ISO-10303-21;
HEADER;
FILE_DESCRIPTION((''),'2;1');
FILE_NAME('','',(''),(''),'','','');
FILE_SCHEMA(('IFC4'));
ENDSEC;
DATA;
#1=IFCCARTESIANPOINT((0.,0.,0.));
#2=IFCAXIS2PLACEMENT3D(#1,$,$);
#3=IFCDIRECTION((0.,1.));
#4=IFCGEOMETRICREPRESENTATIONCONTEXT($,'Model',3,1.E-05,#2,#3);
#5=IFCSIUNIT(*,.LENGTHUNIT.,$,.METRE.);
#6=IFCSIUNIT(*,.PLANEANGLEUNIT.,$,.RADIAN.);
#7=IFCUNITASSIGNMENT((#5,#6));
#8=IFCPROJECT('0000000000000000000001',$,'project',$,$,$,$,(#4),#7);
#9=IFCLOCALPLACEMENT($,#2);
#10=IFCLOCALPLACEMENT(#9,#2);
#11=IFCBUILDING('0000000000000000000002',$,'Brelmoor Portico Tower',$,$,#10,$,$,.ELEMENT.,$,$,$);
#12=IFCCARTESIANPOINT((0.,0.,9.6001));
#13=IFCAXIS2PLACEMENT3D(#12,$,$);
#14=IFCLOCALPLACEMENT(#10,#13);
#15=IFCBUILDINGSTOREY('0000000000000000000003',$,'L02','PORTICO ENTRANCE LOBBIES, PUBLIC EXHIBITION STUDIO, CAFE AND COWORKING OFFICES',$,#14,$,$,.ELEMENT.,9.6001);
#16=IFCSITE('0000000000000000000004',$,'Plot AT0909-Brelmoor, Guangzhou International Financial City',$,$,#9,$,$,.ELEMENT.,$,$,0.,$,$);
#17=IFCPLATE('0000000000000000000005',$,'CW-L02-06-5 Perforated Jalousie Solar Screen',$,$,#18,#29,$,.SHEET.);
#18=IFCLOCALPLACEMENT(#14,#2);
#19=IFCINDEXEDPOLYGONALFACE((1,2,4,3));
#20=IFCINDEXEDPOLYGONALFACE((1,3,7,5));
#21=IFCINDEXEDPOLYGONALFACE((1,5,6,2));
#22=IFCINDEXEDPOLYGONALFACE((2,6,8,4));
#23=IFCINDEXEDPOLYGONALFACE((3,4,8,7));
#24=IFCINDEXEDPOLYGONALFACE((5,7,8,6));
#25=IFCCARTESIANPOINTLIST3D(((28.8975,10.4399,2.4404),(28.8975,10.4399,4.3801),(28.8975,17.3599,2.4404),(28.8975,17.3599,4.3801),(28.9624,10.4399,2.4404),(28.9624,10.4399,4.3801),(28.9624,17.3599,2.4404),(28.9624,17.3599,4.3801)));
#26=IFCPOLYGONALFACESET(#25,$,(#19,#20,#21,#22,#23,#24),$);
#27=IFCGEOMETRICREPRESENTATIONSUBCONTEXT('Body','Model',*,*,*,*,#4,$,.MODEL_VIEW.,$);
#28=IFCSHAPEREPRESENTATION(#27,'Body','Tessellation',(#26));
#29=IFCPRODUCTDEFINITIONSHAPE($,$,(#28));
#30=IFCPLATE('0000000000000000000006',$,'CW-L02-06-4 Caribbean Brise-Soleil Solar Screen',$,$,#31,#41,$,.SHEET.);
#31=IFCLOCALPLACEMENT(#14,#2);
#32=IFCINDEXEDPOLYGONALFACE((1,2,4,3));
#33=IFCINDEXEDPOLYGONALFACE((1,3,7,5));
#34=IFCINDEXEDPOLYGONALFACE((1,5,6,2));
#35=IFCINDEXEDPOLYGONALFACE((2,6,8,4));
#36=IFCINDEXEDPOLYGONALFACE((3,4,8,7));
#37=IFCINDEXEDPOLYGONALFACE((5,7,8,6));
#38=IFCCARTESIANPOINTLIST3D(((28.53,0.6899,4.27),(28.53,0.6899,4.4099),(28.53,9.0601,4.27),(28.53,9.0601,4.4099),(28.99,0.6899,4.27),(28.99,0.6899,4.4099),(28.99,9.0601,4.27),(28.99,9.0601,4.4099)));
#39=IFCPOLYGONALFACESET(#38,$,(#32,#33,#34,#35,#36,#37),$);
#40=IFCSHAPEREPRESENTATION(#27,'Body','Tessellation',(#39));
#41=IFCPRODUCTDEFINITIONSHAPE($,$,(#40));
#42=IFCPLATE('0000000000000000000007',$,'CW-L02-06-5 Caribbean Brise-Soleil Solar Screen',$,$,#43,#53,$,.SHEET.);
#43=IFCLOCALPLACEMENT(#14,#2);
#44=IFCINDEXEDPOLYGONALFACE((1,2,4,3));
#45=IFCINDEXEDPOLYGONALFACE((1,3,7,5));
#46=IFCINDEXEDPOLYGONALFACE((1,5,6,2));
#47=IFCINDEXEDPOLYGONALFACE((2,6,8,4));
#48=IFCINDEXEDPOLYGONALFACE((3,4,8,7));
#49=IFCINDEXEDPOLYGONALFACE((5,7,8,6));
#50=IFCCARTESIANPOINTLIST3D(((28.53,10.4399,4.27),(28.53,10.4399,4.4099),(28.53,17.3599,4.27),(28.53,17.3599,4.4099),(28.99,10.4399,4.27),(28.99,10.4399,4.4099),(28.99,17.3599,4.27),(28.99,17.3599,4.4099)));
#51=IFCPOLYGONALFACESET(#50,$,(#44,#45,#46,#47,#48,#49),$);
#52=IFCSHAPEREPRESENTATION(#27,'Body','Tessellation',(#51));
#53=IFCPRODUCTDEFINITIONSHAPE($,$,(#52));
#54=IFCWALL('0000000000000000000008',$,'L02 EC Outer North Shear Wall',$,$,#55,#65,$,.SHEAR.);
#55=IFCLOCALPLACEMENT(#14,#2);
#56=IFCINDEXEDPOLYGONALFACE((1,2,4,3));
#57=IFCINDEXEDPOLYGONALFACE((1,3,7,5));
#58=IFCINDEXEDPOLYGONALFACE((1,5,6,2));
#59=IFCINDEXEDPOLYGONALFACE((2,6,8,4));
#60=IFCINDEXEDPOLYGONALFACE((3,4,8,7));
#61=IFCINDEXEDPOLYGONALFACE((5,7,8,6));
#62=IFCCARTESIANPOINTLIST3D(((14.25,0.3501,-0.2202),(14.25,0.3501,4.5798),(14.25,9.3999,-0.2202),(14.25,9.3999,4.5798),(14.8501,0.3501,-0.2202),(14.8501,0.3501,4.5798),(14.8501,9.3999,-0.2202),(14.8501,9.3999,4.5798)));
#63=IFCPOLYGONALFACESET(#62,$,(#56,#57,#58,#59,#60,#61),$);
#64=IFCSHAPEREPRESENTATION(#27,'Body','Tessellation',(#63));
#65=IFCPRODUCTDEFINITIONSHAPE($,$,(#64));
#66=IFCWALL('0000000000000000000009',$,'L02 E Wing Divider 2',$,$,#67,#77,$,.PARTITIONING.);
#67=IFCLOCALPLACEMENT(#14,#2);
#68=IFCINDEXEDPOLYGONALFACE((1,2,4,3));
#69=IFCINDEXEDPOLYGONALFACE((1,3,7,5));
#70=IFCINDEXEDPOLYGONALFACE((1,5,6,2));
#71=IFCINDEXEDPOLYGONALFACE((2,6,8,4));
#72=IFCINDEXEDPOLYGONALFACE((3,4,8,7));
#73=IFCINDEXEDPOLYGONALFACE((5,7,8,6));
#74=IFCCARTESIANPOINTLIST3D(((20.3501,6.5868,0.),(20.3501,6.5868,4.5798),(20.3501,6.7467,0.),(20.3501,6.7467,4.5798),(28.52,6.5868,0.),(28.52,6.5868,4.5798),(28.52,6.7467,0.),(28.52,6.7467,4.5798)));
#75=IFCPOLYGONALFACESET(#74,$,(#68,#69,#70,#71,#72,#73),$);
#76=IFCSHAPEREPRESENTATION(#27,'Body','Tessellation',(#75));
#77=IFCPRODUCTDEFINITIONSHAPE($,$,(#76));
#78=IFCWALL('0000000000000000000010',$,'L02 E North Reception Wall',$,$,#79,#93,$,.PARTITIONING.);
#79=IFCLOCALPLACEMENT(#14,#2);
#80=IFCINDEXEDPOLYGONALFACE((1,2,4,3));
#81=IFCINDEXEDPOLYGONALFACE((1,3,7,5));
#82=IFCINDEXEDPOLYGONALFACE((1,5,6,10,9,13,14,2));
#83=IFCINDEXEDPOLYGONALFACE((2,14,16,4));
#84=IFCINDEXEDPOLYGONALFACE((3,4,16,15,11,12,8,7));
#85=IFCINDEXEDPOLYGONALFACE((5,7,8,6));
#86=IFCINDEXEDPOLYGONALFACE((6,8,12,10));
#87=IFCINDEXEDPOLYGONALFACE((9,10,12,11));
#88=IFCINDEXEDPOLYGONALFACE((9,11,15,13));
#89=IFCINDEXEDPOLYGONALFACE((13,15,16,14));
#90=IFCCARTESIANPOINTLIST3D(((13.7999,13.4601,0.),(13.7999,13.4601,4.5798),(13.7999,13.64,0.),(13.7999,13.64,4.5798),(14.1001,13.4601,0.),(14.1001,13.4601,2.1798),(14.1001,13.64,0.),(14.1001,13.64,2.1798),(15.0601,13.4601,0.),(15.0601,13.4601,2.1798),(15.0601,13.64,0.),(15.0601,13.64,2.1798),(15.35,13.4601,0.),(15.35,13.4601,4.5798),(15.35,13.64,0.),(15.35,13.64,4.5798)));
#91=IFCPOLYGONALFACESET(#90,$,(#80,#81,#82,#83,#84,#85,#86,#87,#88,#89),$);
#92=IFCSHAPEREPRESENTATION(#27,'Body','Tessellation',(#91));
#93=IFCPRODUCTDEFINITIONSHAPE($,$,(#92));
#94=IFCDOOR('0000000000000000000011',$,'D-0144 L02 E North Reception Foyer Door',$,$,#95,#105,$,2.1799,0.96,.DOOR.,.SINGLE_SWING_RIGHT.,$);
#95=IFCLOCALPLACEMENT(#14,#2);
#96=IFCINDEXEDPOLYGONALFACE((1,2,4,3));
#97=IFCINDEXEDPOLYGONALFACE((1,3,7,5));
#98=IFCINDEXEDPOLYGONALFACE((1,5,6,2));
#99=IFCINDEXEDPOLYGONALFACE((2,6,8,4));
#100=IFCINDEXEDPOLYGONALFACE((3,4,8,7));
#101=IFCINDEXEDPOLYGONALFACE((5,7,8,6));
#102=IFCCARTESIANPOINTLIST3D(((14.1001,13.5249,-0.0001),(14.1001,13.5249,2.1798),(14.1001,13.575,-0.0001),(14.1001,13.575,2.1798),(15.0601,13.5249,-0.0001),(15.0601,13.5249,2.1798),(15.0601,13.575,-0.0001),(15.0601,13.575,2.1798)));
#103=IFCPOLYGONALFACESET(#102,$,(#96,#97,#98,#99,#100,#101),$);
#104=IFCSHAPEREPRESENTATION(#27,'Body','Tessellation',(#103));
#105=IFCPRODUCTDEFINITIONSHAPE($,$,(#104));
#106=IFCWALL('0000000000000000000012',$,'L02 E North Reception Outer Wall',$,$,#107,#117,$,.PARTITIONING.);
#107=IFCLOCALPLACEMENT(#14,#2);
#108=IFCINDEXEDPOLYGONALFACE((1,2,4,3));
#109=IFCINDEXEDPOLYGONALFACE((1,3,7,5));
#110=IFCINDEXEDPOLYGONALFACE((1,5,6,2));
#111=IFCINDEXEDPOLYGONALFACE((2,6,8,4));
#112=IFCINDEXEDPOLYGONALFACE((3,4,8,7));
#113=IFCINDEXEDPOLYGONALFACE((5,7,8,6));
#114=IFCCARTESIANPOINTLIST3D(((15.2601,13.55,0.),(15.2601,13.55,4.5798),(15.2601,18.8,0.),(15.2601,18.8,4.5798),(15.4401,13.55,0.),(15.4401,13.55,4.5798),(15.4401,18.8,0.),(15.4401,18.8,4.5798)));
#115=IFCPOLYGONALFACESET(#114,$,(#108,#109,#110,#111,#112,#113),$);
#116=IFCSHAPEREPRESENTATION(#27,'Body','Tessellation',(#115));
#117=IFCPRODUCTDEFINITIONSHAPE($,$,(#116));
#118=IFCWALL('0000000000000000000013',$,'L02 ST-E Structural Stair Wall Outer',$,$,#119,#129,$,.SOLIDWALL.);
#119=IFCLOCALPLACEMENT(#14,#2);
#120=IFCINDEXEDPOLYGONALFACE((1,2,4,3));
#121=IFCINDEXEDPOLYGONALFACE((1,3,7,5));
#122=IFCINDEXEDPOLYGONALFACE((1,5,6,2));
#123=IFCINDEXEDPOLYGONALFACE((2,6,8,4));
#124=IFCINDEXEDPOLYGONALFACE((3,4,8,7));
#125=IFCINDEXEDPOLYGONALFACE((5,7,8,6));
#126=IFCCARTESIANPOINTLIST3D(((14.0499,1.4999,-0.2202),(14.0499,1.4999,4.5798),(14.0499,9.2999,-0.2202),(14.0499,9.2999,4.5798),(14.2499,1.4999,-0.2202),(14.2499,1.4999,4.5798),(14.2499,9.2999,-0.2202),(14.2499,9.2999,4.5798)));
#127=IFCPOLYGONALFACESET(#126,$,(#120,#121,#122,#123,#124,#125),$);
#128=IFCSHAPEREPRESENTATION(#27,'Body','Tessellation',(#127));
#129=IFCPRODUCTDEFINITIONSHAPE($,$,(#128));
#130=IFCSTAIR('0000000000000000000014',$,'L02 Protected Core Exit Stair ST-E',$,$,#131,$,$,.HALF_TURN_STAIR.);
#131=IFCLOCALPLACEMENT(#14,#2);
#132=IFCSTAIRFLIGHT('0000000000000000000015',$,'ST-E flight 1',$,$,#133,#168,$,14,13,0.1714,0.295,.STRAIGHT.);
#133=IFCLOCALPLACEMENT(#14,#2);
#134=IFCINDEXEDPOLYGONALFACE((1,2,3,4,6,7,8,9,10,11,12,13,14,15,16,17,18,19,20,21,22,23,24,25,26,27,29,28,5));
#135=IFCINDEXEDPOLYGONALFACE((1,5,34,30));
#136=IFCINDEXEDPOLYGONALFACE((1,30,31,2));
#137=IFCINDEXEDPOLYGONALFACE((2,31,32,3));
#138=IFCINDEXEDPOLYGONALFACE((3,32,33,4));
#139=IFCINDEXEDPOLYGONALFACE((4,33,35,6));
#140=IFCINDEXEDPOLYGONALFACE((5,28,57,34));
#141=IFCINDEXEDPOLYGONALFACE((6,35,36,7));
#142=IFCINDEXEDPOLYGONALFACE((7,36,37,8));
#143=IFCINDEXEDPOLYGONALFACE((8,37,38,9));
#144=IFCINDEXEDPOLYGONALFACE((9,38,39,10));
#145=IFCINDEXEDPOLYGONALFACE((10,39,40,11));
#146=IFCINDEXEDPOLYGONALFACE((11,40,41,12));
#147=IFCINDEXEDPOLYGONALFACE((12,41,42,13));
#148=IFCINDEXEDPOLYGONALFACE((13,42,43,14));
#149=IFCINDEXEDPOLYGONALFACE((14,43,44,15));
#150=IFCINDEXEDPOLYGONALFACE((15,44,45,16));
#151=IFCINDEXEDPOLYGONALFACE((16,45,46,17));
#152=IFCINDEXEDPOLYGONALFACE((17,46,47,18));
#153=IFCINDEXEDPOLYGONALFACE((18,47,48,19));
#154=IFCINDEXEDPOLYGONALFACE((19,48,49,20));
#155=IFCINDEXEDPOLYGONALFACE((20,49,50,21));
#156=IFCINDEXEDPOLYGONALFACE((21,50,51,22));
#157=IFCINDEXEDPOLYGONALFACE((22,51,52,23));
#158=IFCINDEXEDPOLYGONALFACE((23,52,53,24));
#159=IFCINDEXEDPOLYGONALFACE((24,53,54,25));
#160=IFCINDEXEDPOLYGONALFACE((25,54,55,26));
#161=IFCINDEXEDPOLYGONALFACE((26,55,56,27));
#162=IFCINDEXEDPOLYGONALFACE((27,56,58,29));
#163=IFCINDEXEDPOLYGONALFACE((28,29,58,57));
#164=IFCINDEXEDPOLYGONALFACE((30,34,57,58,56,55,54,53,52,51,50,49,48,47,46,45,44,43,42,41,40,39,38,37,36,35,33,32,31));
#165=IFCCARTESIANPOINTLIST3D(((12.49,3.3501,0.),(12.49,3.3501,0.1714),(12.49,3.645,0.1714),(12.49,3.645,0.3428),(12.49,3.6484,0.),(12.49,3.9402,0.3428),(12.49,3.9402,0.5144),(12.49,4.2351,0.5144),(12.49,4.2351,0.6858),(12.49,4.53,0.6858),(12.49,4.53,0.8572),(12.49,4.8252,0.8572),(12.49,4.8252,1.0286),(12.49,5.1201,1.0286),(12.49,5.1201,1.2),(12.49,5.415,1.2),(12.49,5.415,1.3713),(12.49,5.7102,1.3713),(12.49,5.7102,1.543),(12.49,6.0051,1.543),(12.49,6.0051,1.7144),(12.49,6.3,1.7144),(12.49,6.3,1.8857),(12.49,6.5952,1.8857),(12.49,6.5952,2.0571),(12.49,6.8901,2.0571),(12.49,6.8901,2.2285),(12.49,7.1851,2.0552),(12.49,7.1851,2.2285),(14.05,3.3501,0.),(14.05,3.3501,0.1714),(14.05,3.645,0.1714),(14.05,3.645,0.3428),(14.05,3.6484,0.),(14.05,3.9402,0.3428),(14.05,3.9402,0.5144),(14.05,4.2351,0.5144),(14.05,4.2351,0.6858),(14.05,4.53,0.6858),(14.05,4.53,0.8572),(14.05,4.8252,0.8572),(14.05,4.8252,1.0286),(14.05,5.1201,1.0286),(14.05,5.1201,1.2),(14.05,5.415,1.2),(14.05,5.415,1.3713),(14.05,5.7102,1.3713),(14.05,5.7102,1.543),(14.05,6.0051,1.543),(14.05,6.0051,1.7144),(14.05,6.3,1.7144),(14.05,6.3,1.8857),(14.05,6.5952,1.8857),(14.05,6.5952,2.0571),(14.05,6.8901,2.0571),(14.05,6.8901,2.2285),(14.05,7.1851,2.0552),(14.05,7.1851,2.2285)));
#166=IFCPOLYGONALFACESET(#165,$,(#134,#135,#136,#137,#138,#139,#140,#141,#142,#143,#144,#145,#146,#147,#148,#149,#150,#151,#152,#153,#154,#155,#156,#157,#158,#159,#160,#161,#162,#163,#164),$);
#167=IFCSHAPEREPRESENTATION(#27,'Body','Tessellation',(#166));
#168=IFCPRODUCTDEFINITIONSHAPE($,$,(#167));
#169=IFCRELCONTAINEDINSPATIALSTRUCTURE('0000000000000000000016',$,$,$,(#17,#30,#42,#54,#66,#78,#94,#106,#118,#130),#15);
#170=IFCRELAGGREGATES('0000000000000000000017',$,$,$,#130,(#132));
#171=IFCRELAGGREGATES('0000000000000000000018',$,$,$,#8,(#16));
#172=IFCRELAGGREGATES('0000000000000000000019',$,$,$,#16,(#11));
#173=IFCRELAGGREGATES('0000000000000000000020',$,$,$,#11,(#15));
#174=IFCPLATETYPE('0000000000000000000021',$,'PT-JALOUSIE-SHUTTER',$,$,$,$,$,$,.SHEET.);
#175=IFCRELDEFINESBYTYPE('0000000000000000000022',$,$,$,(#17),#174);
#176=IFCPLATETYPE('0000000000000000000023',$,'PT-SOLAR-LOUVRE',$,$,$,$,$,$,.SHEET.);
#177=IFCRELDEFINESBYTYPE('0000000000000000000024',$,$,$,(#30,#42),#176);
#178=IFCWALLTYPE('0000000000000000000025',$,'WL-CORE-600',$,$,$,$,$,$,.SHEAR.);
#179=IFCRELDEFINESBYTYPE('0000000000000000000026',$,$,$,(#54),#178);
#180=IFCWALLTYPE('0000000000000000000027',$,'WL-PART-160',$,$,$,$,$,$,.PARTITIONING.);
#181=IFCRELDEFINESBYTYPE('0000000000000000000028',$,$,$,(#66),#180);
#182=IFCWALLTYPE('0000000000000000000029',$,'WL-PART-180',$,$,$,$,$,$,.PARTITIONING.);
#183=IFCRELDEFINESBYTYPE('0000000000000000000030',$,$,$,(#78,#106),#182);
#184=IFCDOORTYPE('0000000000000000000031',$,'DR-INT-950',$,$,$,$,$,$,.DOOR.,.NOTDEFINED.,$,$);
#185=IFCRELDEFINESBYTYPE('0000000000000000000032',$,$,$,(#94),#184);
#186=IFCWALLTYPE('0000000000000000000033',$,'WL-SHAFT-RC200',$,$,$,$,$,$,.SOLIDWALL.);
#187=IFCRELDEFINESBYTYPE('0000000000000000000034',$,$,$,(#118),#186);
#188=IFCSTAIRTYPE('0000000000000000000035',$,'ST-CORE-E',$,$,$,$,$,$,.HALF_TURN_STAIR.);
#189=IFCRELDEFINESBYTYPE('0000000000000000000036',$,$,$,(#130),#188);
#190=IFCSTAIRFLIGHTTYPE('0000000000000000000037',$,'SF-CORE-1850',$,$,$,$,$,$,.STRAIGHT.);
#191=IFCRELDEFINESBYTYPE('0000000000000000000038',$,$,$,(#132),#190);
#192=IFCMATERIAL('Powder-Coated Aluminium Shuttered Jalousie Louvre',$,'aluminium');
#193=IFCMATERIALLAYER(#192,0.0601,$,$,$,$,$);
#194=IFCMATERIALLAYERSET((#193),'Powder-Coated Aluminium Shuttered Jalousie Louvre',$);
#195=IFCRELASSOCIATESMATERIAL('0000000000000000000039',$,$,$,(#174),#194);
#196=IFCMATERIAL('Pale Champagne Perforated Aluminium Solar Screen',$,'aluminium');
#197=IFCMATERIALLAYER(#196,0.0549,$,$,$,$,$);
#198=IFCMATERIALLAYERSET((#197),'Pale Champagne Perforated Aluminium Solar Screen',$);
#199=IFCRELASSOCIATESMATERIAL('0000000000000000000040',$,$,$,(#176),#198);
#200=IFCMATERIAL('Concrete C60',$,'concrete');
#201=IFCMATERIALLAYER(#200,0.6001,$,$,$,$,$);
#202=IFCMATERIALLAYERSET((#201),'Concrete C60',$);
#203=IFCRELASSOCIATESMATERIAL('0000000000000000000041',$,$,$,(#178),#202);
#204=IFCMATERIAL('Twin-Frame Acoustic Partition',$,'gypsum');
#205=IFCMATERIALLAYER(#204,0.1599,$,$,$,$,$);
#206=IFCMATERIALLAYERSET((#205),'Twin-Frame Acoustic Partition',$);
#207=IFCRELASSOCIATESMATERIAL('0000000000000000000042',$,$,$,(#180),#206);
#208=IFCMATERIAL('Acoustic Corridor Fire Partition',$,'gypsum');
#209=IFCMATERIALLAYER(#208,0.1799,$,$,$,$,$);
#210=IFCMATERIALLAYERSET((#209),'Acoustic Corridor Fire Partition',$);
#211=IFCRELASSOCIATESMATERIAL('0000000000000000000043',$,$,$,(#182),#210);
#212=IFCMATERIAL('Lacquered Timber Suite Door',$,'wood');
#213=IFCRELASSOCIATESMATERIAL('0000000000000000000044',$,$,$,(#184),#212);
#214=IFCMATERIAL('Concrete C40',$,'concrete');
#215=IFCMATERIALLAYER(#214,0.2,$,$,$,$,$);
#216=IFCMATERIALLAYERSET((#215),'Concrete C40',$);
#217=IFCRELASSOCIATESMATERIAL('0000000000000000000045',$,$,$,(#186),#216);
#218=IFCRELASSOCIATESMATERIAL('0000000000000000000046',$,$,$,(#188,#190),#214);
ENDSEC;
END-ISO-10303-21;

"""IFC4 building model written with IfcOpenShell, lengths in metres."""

from ifc_helpers import new_model, si_unit, direction, frame, frame_2d, origin, origin_2d, place, context, subcontext, project, spatial, polyline, rectangle, outline, extrude, material, layer, layer_set, type_object, element, fill, aggregate, save


model = new_model("IFC4")

# Units and contexts
model_context = context("Model", 3, precision=1e-05, world=origin(), true_north=direction((0.0, 1.0)))
body_context = subcontext(model_context, "Body", "Model", "MODEL_VIEW")
ifc_project = project(units=[si_unit("LENGTHUNIT", "METRE"), si_unit("PLANEANGLEUNIT", "RADIAN")], contexts=[model_context])

# Site, building, storey
site_placement = place(None, origin())
site = spatial("IfcSite", under=ifc_project, at=site_placement, Name="Plot AT0909-Brelmoor, Guangzhou International Financial City", CompositionType="ELEMENT", RefElevation=0.0)
building_placement = place(site_placement, origin())
building = spatial("IfcBuilding", under=site, at=building_placement, Name="Brelmoor Portico Tower", CompositionType="ELEMENT")
storey_placement = place(building_placement, frame((0.0, 0.0, 9.6001)))
storey = spatial("IfcBuildingStorey", under=building, at=storey_placement, Name="L02", Description="PORTICO ENTRANCE LOBBIES, PUBLIC EXHIBITION STUDIO, CAFE AND COWORKING OFFICES", CompositionType="ELEMENT", Elevation=9.6001)

# Plates
ifc_material_1 = material(Name="Powder-Coated Aluminium Shuttered Jalousie Louvre", Category="aluminium")
ifc_layer_1 = layer(ifc_material_1, 0.0601)
ifc_layer_set_1 = layer_set([ifc_layer_1], Name="Powder-Coated Aluminium Shuttered Jalousie Louvre")
plate_type_1 = type_object("IfcPlateType", Name="PT-JALOUSIE-SHUTTER", PredefinedType="SHEET", material=ifc_layer_set_1)
plate_1_placement = place(storey_placement, frame((28.9299, 13.8999, 2.4404), z_axis=(0.0, 0.0, 1.0), x_axis=(0.0, 1.0, 0.0)))
element("IfcPlate", 1, at=plate_1_placement, inside=storey, type_object=plate_type_1, Name="CW-L02-06-5 Perforated Jalousie Solar Screen", PredefinedType="SHEET", context=body_context, shape_type="SweptSolid", body=[
    extrude(rectangle(XDim=6.9199, YDim=0.0649, at=origin_2d()), origin(), (0.0, 0.0, 1.0), 1.9397),
])
ifc_material_2 = material(Name="Pale Champagne Perforated Aluminium Solar Screen", Category="aluminium")
ifc_layer_2 = layer(ifc_material_2, 0.0549)
ifc_layer_set_2 = layer_set([ifc_layer_2], Name="Pale Champagne Perforated Aluminium Solar Screen")
plate_type_2 = type_object("IfcPlateType", Name="PT-SOLAR-LOUVRE", PredefinedType="SHEET", material=ifc_layer_set_2)
plate_2_placement = place(storey_placement, frame((28.76, 4.875, 4.27), z_axis=(0.0, 0.0, 1.0), x_axis=(0.0, 1.0, 0.0)))
element("IfcPlate", 2, at=plate_2_placement, inside=storey, type_object=plate_type_2, Name="CW-L02-06-4 Caribbean Brise-Soleil Solar Screen", PredefinedType="SHEET", context=body_context, shape_type="SweptSolid", body=[
    extrude(rectangle(XDim=8.3701, YDim=0.46, at=origin_2d()), origin(), (0.0, 0.0, 1.0), 0.1399),
])
plate_3_placement = place(storey_placement, frame((28.76, 13.8999, 4.27), z_axis=(0.0, 0.0, 1.0), x_axis=(0.0, 1.0, 0.0)))
element("IfcPlate", 3, at=plate_3_placement, inside=storey, type_object=plate_type_2, Name="CW-L02-06-5 Caribbean Brise-Soleil Solar Screen", PredefinedType="SHEET", context=body_context, shape_type="SweptSolid", body=[
    extrude(rectangle(XDim=6.9199, YDim=0.46, at=origin_2d()), origin(), (0.0, 0.0, 1.0), 0.1399),
])

# Walls
ifc_material_3 = material(Name="Concrete C60", Category="concrete")
ifc_layer_3 = layer(ifc_material_3, 0.6001)
ifc_layer_set_3 = layer_set([ifc_layer_3], Name="Concrete C60")
wall_type_1 = type_object("IfcWallType", Name="WL-CORE-600", PredefinedType="SHEAR", material=ifc_layer_set_3)
wall_1_placement = place(storey_placement, frame((14.55, 0.3501, -0.2202), z_axis=(0.0, 0.0, 1.0), x_axis=(0.0, 1.0, 0.0)))
element("IfcWall", 4, at=wall_1_placement, inside=storey, type_object=wall_type_1, Name="L02 EC Outer North Shear Wall", PredefinedType="SHEAR", context=body_context, shape_type="SweptSolid", body=[
    extrude(rectangle(XDim=9.0498, YDim=0.6001, at=frame_2d((4.5249, 0.0))), origin(), (0.0, 0.0, 1.0), 4.8),
])
ifc_material_4 = material(Name="Twin-Frame Acoustic Partition", Category="gypsum")
ifc_layer_4 = layer(ifc_material_4, 0.1599)
ifc_layer_set_4 = layer_set([ifc_layer_4], Name="Twin-Frame Acoustic Partition")
wall_type_2 = type_object("IfcWallType", Name="WL-PART-160", PredefinedType="PARTITIONING", material=ifc_layer_set_4)
wall_2_placement = place(storey_placement, frame((20.3501, 6.6667, 0.0), z_axis=(0.0, 0.0, 1.0), x_axis=(1.0, 0.0, 0.0)))
element("IfcWall", 5, at=wall_2_placement, inside=storey, type_object=wall_type_2, Name="L02 E Wing Divider 2", PredefinedType="PARTITIONING", context=body_context, shape_type="SweptSolid", body=[
    extrude(rectangle(XDim=8.1699, YDim=0.1599, at=frame_2d((4.085, 0.0))), origin(), (0.0, 0.0, 1.0), 4.5798),
])

# Wall, opening, door
ifc_material_5 = material(Name="Acoustic Corridor Fire Partition", Category="gypsum")
ifc_layer_5 = layer(ifc_material_5, 0.1799)
ifc_layer_set_5 = layer_set([ifc_layer_5], Name="Acoustic Corridor Fire Partition")
wall_type_3 = type_object("IfcWallType", Name="WL-PART-180", PredefinedType="PARTITIONING", material=ifc_layer_set_5)
wall_3_placement = place(storey_placement, frame((13.8, 13.55, 0.0), z_axis=(0.0, 0.0, 1.0), x_axis=(1.0, 0.0, 0.0)))
wall_3 = element("IfcWall", 6, at=wall_3_placement, inside=storey, type_object=wall_type_3, Name="L02 E North Reception Wall", PredefinedType="PARTITIONING", context=body_context, shape_type="SweptSolid", body=[
    extrude(rectangle(XDim=1.55, YDim=0.1799, at=frame_2d((0.7749, 0.0))), origin(), (0.0, 0.0, 1.0), 4.5798),
])
opening_placement = place(wall_3_placement, frame((0.3, 0.0, 0.0)))
opening = element("IfcOpeningElement", 7, at=opening_placement, cuts=wall_3, PredefinedType="OPENING", context=body_context, shape_type="SweptSolid", body=[
    extrude(rectangle(XDim=0.96, YDim=2.1799, at=frame_2d((0.48, 1.0898))), frame((0.0, 0.0999, 0.0), z_axis=(0.0, -1.0, 0.0), x_axis=(1.0, 0.0, 0.0)), (0.0, 0.0, 1.0), 0.2),
])
ifc_material_6 = material(Name="Lacquered Timber Suite Door", Category="wood")
door_type = type_object("IfcDoorType", Name="DR-INT-950", OperationType="NOTDEFINED", PredefinedType="DOOR", material=ifc_material_6)
door_placement = place(opening_placement, origin())
door = element("IfcDoor", 8, at=door_placement, inside=storey, type_object=door_type, Name="D-0144 L02 E North Reception Foyer Door", OperationType="SINGLE_SWING_RIGHT", OverallHeight=2.1799, OverallWidth=0.96, PredefinedType="DOOR", context=body_context, shape_type="SweptSolid", body=[
    extrude(rectangle(XDim=0.96, YDim=2.1799, at=frame_2d((0.48, 1.0898))), frame((0.0, 0.0249, 0.0), z_axis=(0.0, -1.0, 0.0), x_axis=(1.0, 0.0, 0.0)), (0.0, 0.0, 1.0), 0.05),
])
fill(opening, door)

# Walls
wall_4_placement = place(storey_placement, frame((15.3501, 13.55, 0.0), z_axis=(0.0, 0.0, 1.0), x_axis=(0.0, 1.0, 0.0)))
element("IfcWall", 9, at=wall_4_placement, inside=storey, type_object=wall_type_3, Name="L02 E North Reception Outer Wall", PredefinedType="PARTITIONING", context=body_context, shape_type="SweptSolid", body=[
    extrude(rectangle(XDim=5.25, YDim=0.1799, at=frame_2d((2.625, 0.0))), origin(), (0.0, 0.0, 1.0), 4.5798),
])
ifc_material_7 = material(Name="Concrete C40", Category="concrete")
ifc_layer_6 = layer(ifc_material_7, 0.2)
ifc_layer_set_6 = layer_set([ifc_layer_6], Name="Concrete C40")
wall_type_4 = type_object("IfcWallType", Name="WL-SHAFT-RC200", PredefinedType="SOLIDWALL", material=ifc_layer_set_6)
wall_5_placement = place(storey_placement, frame((14.1499, 1.5, -0.2202), z_axis=(0.0, 0.0, 1.0), x_axis=(0.0, 1.0, 0.0)))
element("IfcWall", 10, at=wall_5_placement, inside=storey, type_object=wall_type_4, Name="L02 ST-E Structural Stair Wall Outer", PredefinedType="SOLIDWALL", context=body_context, shape_type="SweptSolid", body=[
    extrude(rectangle(XDim=7.8, YDim=0.2, at=frame_2d((3.8999, 0.0))), origin(), (0.0, 0.0, 1.0), 4.8),
])

# Stair, stair flight
stair_type = type_object("IfcStairType", Name="ST-CORE-E", PredefinedType="HALF_TURN_STAIR", material=ifc_material_7)
stair_placement = place(storey_placement, origin())
stair = element("IfcStair", 11, at=stair_placement, inside=storey, type_object=stair_type, Name="L02 Protected Core Exit Stair ST-E", PredefinedType="HALF_TURN_STAIR")
stair_flight_type = type_object("IfcStairFlightType", Name="SF-CORE-1850", PredefinedType="STRAIGHT", material=ifc_material_7)
stair_flight_1_placement = place(storey_placement, frame((13.27, 3.3501, 0.0), z_axis=(0.0, 0.0, 1.0), x_axis=(0.0, 1.0, 0.0)))
stair_flight_1 = element("IfcStairFlight", 12, at=stair_flight_1_placement, type_object=stair_flight_type, Name="ST-E flight 1", NumberOfRisers=14, NumberOfTreads=13, PredefinedType="STRAIGHT", RiserHeight=0.1714, TreadLength=0.295, context=body_context, shape_type="SweptSolid", body=[
    extrude(outline(polyline([(0.0, 0.0), (0.0, 0.1714), (0.2949, 0.1714), (0.2949, 0.3428), (0.5901, 0.3428), (0.5901, 0.5144), (0.885, 0.5144), (0.885, 0.6858), (1.1799, 0.6858), (1.1799, 0.8572), (1.4751, 0.8572), (1.4751, 1.0286), (1.77, 1.0286), (1.77, 1.2), (2.0649, 1.2), (2.0649, 1.3713), (2.3601, 1.3713), (2.3601, 1.543), (2.655, 1.543), (2.655, 1.7144), (2.95, 1.7144), (2.95, 1.8857), (3.2451, 1.8857), (3.2451, 2.0571), (3.54, 2.0571), (3.54, 2.2285), (3.835, 2.2285), (3.835, 2.3999), (3.835, 2.0552), (0.2983, 0.0), (0.0, 0.0)])), frame((0.0, 0.78, 0.0), z_axis=(0.0, -1.0, 0.0), x_axis=(1.0, 0.0, 0.0)), (0.0, 0.0, 1.0), 1.5601),
])
aggregate(stair, [stair_flight_1])

save(model, "model.ifc")
